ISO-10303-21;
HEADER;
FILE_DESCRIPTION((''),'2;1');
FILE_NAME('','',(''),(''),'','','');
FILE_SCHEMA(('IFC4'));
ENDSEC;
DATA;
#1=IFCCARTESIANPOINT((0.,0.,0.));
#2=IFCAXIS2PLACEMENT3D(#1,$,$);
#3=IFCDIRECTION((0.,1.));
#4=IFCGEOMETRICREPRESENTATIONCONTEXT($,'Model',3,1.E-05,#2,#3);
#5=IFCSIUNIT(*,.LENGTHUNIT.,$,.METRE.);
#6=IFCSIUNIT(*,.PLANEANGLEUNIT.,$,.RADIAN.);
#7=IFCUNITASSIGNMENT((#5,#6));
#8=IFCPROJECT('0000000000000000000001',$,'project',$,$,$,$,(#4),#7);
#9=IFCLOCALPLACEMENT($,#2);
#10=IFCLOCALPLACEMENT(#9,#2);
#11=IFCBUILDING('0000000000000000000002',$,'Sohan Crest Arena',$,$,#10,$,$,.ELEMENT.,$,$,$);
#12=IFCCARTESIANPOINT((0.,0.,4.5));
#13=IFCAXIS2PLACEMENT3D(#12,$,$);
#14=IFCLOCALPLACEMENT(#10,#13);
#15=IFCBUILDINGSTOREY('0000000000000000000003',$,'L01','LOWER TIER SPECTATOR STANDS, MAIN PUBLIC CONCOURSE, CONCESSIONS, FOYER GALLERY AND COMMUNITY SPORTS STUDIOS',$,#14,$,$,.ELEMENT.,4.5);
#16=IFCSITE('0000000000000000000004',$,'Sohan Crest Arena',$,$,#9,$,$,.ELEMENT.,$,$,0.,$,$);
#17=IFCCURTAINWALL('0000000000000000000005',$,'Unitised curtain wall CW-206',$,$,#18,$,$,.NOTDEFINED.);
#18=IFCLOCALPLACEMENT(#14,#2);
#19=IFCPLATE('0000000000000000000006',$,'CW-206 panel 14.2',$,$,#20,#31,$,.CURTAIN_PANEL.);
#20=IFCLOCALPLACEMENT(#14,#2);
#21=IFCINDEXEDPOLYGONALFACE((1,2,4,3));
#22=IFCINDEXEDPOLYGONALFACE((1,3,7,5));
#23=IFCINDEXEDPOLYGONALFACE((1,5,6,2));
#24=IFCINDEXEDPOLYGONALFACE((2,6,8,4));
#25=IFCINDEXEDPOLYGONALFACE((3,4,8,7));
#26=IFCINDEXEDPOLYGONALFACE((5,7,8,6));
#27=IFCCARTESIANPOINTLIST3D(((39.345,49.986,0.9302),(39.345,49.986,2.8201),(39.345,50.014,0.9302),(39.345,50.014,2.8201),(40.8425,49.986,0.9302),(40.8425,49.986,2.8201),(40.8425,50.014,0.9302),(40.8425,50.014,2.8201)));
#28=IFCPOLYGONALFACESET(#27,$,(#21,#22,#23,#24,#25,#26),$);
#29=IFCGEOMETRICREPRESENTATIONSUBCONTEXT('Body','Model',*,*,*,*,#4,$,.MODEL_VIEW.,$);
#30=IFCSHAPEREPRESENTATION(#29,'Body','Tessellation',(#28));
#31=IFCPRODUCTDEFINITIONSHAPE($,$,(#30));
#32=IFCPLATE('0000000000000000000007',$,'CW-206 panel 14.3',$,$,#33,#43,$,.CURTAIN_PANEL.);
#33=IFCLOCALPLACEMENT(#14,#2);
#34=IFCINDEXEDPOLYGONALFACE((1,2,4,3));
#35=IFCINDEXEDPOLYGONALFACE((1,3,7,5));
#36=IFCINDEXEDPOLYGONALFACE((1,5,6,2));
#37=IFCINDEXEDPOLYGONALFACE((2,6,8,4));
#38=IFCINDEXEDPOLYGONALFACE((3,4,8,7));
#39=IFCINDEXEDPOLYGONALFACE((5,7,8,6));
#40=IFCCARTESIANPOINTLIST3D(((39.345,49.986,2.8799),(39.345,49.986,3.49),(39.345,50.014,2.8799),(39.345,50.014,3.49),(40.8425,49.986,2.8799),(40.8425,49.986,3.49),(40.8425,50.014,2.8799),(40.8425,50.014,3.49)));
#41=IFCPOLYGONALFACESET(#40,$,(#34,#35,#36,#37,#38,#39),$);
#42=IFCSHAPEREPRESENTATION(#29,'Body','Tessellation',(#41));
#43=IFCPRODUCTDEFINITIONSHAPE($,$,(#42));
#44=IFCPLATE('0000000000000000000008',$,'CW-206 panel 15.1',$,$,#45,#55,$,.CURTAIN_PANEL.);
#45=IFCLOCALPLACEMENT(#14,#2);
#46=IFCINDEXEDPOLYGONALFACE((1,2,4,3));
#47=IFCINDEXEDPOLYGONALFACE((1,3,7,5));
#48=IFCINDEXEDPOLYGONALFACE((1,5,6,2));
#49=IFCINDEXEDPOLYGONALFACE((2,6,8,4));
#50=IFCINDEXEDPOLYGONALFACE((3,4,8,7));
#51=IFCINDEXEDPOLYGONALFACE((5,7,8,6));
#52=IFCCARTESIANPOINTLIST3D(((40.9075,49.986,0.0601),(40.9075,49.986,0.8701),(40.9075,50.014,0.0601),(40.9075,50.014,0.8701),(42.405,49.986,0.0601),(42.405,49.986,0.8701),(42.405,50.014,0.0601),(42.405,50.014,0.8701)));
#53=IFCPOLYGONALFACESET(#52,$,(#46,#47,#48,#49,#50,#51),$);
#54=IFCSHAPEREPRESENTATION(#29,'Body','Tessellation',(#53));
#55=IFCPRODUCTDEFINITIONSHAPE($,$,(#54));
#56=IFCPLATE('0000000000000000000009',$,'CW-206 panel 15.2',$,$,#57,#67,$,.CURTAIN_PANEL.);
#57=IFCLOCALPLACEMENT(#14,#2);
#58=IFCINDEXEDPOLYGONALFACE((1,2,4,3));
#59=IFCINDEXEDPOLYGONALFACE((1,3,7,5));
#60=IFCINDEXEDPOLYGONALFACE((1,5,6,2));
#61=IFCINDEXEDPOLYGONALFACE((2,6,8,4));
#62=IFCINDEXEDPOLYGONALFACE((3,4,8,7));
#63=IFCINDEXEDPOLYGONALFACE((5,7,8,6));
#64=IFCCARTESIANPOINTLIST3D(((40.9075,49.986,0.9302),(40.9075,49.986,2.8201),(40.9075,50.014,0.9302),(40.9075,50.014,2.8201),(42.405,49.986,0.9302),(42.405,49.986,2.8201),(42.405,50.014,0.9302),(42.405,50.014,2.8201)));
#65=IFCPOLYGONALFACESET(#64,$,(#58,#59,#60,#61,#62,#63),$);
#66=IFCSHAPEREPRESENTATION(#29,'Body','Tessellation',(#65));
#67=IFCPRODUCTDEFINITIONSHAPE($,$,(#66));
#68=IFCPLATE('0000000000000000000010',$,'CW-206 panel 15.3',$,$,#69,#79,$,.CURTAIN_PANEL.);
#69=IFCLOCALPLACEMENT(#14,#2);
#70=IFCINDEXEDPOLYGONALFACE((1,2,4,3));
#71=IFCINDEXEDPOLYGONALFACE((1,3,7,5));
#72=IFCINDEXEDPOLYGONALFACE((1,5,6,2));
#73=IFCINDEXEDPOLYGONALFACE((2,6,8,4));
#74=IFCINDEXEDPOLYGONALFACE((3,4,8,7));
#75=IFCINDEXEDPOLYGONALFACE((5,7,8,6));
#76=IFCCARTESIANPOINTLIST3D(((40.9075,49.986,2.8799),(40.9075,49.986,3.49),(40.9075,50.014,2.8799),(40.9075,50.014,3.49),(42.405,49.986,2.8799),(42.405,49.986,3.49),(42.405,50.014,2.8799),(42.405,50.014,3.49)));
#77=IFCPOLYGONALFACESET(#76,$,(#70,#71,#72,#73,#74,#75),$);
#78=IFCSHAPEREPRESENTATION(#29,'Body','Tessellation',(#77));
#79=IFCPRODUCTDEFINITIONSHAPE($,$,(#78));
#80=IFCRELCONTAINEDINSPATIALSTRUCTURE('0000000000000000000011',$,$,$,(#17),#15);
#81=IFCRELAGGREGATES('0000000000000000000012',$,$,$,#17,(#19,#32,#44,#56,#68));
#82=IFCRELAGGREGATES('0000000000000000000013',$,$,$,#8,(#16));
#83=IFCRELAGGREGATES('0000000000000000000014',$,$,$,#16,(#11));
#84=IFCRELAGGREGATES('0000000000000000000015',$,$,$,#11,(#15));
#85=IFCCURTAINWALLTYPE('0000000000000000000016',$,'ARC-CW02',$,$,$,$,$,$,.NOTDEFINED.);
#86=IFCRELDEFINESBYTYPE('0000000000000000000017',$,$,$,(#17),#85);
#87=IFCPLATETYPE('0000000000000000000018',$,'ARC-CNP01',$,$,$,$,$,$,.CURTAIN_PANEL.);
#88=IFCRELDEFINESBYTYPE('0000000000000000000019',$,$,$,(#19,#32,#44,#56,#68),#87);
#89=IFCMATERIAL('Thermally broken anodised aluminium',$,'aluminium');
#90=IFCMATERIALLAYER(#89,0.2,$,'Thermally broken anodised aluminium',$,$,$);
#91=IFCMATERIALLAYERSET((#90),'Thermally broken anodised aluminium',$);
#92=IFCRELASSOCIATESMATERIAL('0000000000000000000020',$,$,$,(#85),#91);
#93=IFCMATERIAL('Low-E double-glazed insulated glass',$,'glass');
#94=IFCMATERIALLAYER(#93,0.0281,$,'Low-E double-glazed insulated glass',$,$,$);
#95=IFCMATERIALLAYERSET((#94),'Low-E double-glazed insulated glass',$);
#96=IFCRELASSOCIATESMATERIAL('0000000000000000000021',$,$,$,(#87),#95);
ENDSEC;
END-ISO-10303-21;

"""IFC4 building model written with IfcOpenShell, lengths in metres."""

from ifc_helpers import new_model, si_unit, direction, frame, origin, origin_2d, place, context, subcontext, project, spatial, rectangle, extrude, material, layer, layer_set, type_object, element, aggregate, save


model = new_model("IFC4")

# Units and contexts
model_context = context("Model", 3, precision=1e-05, world=origin(), true_north=direction((0.0, 1.0)))
body_context = subcontext(model_context, "Body", "Model", "MODEL_VIEW")
ifc_project = project(units=[si_unit("LENGTHUNIT", "METRE"), si_unit("PLANEANGLEUNIT", "RADIAN")], contexts=[model_context])

# Site, building, storey
site_placement = place(None, origin())
site = spatial("IfcSite", under=ifc_project, at=site_placement, Name="Sohan Crest Arena", CompositionType="ELEMENT", RefElevation=0.0)
building_placement = place(site_placement, origin())
building = spatial("IfcBuilding", under=site, at=building_placement, Name="Sohan Crest Arena", CompositionType="ELEMENT")
storey_placement = place(building_placement, frame((0.0, 0.0, 4.5)))
storey = spatial("IfcBuildingStorey", under=building, at=storey_placement, Name="L01", Description="LOWER TIER SPECTATOR STANDS, MAIN PUBLIC CONCOURSE, CONCESSIONS, FOYER GALLERY AND COMMUNITY SPORTS STUDIOS", CompositionType="ELEMENT", Elevation=4.5)

# Curtain wall, plates
ifc_material_1 = material(Name="Thermally broken anodised aluminium", Category="aluminium")
ifc_layer_1 = layer(ifc_material_1, 0.2, Name="Thermally broken anodised aluminium")
ifc_layer_set_1 = layer_set([ifc_layer_1], Name="Thermally broken anodised aluminium")
curtain_wall_type = type_object("IfcCurtainWallType", Name="ARC-CW02", PredefinedType="NOTDEFINED", material=ifc_layer_set_1)
curtain_wall_placement = place(storey_placement, origin())
curtain_wall = element("IfcCurtainWall", 1, at=curtain_wall_placement, inside=storey, type_object=curtain_wall_type, Name="Unitised curtain wall CW-206", PredefinedType="NOTDEFINED")
ifc_material_2 = material(Name="Low-E double-glazed insulated glass", Category="glass")
ifc_layer_2 = layer(ifc_material_2, 0.0281, Name="Low-E double-glazed insulated glass")
ifc_layer_set_2 = layer_set([ifc_layer_2], Name="Low-E double-glazed insulated glass")
plate_type = type_object("IfcPlateType", Name="ARC-CNP01", PredefinedType="CURTAIN_PANEL", material=ifc_layer_set_2)
plate_1_placement = place(storey_placement, frame((40.0938, 50.0, 0.9302), z_axis=(0.0, 0.0, 1.0), x_axis=(1.0, 0.0, 0.0)))
plate_1 = element("IfcPlate", 2, at=plate_1_placement, type_object=plate_type, Name="CW-206 panel 14.2", PredefinedType="CURTAIN_PANEL", context=body_context, shape_type="SweptSolid", body=[
    extrude(rectangle(XDim=1.4976, YDim=0.0281, at=origin_2d()), origin(), (0.0, 0.0, 1.0), 1.8899),
])
plate_2_placement = place(storey_placement, frame((40.0938, 50.0, 2.8799), z_axis=(0.0, 0.0, 1.0), x_axis=(1.0, 0.0, 0.0)))
plate_2 = element("IfcPlate", 3, at=plate_2_placement, type_object=plate_type, Name="CW-206 panel 14.3", PredefinedType="CURTAIN_PANEL", context=body_context, shape_type="SweptSolid", body=[
    extrude(rectangle(XDim=1.4976, YDim=0.0281, at=origin_2d()), origin(), (0.0, 0.0, 1.0), 0.6101),
])
plate_3_placement = place(storey_placement, frame((41.6562, 50.0, 0.0601), z_axis=(0.0, 0.0, 1.0), x_axis=(1.0, 0.0, 0.0)))
plate_3 = element("IfcPlate", 4, at=plate_3_placement, type_object=plate_type, Name="CW-206 panel 15.1", PredefinedType="CURTAIN_PANEL", context=body_context, shape_type="SweptSolid", body=[
    extrude(rectangle(XDim=1.4976, YDim=0.0281, at=origin_2d()), origin(), (0.0, 0.0, 1.0), 0.8101),
])
plate_4_placement = place(storey_placement, frame((41.6562, 50.0, 0.9302), z_axis=(0.0, 0.0, 1.0), x_axis=(1.0, 0.0, 0.0)))
plate_4 = element("IfcPlate", 5, at=plate_4_placement, type_object=plate_type, Name="CW-206 panel 15.2", PredefinedType="CURTAIN_PANEL", context=body_context, shape_type="SweptSolid", body=[
    extrude(rectangle(XDim=1.4976, YDim=0.0281, at=origin_2d()), origin(), (0.0, 0.0, 1.0), 1.8899),
])
plate_5_placement = place(storey_placement, frame((41.6562, 50.0, 2.8799), z_axis=(0.0, 0.0, 1.0), x_axis=(1.0, 0.0, 0.0)))
plate_5 = element("IfcPlate", 6, at=plate_5_placement, type_object=plate_type, Name="CW-206 panel 15.3", PredefinedType="CURTAIN_PANEL", context=body_context, shape_type="SweptSolid", body=[
    extrude(rectangle(XDim=1.4976, YDim=0.0281, at=origin_2d()), origin(), (0.0, 0.0, 1.0), 0.6101),
])
aggregate(curtain_wall, [plate_1, plate_2, plate_3, plate_4, plate_5])

save(model, "model.ifc")
